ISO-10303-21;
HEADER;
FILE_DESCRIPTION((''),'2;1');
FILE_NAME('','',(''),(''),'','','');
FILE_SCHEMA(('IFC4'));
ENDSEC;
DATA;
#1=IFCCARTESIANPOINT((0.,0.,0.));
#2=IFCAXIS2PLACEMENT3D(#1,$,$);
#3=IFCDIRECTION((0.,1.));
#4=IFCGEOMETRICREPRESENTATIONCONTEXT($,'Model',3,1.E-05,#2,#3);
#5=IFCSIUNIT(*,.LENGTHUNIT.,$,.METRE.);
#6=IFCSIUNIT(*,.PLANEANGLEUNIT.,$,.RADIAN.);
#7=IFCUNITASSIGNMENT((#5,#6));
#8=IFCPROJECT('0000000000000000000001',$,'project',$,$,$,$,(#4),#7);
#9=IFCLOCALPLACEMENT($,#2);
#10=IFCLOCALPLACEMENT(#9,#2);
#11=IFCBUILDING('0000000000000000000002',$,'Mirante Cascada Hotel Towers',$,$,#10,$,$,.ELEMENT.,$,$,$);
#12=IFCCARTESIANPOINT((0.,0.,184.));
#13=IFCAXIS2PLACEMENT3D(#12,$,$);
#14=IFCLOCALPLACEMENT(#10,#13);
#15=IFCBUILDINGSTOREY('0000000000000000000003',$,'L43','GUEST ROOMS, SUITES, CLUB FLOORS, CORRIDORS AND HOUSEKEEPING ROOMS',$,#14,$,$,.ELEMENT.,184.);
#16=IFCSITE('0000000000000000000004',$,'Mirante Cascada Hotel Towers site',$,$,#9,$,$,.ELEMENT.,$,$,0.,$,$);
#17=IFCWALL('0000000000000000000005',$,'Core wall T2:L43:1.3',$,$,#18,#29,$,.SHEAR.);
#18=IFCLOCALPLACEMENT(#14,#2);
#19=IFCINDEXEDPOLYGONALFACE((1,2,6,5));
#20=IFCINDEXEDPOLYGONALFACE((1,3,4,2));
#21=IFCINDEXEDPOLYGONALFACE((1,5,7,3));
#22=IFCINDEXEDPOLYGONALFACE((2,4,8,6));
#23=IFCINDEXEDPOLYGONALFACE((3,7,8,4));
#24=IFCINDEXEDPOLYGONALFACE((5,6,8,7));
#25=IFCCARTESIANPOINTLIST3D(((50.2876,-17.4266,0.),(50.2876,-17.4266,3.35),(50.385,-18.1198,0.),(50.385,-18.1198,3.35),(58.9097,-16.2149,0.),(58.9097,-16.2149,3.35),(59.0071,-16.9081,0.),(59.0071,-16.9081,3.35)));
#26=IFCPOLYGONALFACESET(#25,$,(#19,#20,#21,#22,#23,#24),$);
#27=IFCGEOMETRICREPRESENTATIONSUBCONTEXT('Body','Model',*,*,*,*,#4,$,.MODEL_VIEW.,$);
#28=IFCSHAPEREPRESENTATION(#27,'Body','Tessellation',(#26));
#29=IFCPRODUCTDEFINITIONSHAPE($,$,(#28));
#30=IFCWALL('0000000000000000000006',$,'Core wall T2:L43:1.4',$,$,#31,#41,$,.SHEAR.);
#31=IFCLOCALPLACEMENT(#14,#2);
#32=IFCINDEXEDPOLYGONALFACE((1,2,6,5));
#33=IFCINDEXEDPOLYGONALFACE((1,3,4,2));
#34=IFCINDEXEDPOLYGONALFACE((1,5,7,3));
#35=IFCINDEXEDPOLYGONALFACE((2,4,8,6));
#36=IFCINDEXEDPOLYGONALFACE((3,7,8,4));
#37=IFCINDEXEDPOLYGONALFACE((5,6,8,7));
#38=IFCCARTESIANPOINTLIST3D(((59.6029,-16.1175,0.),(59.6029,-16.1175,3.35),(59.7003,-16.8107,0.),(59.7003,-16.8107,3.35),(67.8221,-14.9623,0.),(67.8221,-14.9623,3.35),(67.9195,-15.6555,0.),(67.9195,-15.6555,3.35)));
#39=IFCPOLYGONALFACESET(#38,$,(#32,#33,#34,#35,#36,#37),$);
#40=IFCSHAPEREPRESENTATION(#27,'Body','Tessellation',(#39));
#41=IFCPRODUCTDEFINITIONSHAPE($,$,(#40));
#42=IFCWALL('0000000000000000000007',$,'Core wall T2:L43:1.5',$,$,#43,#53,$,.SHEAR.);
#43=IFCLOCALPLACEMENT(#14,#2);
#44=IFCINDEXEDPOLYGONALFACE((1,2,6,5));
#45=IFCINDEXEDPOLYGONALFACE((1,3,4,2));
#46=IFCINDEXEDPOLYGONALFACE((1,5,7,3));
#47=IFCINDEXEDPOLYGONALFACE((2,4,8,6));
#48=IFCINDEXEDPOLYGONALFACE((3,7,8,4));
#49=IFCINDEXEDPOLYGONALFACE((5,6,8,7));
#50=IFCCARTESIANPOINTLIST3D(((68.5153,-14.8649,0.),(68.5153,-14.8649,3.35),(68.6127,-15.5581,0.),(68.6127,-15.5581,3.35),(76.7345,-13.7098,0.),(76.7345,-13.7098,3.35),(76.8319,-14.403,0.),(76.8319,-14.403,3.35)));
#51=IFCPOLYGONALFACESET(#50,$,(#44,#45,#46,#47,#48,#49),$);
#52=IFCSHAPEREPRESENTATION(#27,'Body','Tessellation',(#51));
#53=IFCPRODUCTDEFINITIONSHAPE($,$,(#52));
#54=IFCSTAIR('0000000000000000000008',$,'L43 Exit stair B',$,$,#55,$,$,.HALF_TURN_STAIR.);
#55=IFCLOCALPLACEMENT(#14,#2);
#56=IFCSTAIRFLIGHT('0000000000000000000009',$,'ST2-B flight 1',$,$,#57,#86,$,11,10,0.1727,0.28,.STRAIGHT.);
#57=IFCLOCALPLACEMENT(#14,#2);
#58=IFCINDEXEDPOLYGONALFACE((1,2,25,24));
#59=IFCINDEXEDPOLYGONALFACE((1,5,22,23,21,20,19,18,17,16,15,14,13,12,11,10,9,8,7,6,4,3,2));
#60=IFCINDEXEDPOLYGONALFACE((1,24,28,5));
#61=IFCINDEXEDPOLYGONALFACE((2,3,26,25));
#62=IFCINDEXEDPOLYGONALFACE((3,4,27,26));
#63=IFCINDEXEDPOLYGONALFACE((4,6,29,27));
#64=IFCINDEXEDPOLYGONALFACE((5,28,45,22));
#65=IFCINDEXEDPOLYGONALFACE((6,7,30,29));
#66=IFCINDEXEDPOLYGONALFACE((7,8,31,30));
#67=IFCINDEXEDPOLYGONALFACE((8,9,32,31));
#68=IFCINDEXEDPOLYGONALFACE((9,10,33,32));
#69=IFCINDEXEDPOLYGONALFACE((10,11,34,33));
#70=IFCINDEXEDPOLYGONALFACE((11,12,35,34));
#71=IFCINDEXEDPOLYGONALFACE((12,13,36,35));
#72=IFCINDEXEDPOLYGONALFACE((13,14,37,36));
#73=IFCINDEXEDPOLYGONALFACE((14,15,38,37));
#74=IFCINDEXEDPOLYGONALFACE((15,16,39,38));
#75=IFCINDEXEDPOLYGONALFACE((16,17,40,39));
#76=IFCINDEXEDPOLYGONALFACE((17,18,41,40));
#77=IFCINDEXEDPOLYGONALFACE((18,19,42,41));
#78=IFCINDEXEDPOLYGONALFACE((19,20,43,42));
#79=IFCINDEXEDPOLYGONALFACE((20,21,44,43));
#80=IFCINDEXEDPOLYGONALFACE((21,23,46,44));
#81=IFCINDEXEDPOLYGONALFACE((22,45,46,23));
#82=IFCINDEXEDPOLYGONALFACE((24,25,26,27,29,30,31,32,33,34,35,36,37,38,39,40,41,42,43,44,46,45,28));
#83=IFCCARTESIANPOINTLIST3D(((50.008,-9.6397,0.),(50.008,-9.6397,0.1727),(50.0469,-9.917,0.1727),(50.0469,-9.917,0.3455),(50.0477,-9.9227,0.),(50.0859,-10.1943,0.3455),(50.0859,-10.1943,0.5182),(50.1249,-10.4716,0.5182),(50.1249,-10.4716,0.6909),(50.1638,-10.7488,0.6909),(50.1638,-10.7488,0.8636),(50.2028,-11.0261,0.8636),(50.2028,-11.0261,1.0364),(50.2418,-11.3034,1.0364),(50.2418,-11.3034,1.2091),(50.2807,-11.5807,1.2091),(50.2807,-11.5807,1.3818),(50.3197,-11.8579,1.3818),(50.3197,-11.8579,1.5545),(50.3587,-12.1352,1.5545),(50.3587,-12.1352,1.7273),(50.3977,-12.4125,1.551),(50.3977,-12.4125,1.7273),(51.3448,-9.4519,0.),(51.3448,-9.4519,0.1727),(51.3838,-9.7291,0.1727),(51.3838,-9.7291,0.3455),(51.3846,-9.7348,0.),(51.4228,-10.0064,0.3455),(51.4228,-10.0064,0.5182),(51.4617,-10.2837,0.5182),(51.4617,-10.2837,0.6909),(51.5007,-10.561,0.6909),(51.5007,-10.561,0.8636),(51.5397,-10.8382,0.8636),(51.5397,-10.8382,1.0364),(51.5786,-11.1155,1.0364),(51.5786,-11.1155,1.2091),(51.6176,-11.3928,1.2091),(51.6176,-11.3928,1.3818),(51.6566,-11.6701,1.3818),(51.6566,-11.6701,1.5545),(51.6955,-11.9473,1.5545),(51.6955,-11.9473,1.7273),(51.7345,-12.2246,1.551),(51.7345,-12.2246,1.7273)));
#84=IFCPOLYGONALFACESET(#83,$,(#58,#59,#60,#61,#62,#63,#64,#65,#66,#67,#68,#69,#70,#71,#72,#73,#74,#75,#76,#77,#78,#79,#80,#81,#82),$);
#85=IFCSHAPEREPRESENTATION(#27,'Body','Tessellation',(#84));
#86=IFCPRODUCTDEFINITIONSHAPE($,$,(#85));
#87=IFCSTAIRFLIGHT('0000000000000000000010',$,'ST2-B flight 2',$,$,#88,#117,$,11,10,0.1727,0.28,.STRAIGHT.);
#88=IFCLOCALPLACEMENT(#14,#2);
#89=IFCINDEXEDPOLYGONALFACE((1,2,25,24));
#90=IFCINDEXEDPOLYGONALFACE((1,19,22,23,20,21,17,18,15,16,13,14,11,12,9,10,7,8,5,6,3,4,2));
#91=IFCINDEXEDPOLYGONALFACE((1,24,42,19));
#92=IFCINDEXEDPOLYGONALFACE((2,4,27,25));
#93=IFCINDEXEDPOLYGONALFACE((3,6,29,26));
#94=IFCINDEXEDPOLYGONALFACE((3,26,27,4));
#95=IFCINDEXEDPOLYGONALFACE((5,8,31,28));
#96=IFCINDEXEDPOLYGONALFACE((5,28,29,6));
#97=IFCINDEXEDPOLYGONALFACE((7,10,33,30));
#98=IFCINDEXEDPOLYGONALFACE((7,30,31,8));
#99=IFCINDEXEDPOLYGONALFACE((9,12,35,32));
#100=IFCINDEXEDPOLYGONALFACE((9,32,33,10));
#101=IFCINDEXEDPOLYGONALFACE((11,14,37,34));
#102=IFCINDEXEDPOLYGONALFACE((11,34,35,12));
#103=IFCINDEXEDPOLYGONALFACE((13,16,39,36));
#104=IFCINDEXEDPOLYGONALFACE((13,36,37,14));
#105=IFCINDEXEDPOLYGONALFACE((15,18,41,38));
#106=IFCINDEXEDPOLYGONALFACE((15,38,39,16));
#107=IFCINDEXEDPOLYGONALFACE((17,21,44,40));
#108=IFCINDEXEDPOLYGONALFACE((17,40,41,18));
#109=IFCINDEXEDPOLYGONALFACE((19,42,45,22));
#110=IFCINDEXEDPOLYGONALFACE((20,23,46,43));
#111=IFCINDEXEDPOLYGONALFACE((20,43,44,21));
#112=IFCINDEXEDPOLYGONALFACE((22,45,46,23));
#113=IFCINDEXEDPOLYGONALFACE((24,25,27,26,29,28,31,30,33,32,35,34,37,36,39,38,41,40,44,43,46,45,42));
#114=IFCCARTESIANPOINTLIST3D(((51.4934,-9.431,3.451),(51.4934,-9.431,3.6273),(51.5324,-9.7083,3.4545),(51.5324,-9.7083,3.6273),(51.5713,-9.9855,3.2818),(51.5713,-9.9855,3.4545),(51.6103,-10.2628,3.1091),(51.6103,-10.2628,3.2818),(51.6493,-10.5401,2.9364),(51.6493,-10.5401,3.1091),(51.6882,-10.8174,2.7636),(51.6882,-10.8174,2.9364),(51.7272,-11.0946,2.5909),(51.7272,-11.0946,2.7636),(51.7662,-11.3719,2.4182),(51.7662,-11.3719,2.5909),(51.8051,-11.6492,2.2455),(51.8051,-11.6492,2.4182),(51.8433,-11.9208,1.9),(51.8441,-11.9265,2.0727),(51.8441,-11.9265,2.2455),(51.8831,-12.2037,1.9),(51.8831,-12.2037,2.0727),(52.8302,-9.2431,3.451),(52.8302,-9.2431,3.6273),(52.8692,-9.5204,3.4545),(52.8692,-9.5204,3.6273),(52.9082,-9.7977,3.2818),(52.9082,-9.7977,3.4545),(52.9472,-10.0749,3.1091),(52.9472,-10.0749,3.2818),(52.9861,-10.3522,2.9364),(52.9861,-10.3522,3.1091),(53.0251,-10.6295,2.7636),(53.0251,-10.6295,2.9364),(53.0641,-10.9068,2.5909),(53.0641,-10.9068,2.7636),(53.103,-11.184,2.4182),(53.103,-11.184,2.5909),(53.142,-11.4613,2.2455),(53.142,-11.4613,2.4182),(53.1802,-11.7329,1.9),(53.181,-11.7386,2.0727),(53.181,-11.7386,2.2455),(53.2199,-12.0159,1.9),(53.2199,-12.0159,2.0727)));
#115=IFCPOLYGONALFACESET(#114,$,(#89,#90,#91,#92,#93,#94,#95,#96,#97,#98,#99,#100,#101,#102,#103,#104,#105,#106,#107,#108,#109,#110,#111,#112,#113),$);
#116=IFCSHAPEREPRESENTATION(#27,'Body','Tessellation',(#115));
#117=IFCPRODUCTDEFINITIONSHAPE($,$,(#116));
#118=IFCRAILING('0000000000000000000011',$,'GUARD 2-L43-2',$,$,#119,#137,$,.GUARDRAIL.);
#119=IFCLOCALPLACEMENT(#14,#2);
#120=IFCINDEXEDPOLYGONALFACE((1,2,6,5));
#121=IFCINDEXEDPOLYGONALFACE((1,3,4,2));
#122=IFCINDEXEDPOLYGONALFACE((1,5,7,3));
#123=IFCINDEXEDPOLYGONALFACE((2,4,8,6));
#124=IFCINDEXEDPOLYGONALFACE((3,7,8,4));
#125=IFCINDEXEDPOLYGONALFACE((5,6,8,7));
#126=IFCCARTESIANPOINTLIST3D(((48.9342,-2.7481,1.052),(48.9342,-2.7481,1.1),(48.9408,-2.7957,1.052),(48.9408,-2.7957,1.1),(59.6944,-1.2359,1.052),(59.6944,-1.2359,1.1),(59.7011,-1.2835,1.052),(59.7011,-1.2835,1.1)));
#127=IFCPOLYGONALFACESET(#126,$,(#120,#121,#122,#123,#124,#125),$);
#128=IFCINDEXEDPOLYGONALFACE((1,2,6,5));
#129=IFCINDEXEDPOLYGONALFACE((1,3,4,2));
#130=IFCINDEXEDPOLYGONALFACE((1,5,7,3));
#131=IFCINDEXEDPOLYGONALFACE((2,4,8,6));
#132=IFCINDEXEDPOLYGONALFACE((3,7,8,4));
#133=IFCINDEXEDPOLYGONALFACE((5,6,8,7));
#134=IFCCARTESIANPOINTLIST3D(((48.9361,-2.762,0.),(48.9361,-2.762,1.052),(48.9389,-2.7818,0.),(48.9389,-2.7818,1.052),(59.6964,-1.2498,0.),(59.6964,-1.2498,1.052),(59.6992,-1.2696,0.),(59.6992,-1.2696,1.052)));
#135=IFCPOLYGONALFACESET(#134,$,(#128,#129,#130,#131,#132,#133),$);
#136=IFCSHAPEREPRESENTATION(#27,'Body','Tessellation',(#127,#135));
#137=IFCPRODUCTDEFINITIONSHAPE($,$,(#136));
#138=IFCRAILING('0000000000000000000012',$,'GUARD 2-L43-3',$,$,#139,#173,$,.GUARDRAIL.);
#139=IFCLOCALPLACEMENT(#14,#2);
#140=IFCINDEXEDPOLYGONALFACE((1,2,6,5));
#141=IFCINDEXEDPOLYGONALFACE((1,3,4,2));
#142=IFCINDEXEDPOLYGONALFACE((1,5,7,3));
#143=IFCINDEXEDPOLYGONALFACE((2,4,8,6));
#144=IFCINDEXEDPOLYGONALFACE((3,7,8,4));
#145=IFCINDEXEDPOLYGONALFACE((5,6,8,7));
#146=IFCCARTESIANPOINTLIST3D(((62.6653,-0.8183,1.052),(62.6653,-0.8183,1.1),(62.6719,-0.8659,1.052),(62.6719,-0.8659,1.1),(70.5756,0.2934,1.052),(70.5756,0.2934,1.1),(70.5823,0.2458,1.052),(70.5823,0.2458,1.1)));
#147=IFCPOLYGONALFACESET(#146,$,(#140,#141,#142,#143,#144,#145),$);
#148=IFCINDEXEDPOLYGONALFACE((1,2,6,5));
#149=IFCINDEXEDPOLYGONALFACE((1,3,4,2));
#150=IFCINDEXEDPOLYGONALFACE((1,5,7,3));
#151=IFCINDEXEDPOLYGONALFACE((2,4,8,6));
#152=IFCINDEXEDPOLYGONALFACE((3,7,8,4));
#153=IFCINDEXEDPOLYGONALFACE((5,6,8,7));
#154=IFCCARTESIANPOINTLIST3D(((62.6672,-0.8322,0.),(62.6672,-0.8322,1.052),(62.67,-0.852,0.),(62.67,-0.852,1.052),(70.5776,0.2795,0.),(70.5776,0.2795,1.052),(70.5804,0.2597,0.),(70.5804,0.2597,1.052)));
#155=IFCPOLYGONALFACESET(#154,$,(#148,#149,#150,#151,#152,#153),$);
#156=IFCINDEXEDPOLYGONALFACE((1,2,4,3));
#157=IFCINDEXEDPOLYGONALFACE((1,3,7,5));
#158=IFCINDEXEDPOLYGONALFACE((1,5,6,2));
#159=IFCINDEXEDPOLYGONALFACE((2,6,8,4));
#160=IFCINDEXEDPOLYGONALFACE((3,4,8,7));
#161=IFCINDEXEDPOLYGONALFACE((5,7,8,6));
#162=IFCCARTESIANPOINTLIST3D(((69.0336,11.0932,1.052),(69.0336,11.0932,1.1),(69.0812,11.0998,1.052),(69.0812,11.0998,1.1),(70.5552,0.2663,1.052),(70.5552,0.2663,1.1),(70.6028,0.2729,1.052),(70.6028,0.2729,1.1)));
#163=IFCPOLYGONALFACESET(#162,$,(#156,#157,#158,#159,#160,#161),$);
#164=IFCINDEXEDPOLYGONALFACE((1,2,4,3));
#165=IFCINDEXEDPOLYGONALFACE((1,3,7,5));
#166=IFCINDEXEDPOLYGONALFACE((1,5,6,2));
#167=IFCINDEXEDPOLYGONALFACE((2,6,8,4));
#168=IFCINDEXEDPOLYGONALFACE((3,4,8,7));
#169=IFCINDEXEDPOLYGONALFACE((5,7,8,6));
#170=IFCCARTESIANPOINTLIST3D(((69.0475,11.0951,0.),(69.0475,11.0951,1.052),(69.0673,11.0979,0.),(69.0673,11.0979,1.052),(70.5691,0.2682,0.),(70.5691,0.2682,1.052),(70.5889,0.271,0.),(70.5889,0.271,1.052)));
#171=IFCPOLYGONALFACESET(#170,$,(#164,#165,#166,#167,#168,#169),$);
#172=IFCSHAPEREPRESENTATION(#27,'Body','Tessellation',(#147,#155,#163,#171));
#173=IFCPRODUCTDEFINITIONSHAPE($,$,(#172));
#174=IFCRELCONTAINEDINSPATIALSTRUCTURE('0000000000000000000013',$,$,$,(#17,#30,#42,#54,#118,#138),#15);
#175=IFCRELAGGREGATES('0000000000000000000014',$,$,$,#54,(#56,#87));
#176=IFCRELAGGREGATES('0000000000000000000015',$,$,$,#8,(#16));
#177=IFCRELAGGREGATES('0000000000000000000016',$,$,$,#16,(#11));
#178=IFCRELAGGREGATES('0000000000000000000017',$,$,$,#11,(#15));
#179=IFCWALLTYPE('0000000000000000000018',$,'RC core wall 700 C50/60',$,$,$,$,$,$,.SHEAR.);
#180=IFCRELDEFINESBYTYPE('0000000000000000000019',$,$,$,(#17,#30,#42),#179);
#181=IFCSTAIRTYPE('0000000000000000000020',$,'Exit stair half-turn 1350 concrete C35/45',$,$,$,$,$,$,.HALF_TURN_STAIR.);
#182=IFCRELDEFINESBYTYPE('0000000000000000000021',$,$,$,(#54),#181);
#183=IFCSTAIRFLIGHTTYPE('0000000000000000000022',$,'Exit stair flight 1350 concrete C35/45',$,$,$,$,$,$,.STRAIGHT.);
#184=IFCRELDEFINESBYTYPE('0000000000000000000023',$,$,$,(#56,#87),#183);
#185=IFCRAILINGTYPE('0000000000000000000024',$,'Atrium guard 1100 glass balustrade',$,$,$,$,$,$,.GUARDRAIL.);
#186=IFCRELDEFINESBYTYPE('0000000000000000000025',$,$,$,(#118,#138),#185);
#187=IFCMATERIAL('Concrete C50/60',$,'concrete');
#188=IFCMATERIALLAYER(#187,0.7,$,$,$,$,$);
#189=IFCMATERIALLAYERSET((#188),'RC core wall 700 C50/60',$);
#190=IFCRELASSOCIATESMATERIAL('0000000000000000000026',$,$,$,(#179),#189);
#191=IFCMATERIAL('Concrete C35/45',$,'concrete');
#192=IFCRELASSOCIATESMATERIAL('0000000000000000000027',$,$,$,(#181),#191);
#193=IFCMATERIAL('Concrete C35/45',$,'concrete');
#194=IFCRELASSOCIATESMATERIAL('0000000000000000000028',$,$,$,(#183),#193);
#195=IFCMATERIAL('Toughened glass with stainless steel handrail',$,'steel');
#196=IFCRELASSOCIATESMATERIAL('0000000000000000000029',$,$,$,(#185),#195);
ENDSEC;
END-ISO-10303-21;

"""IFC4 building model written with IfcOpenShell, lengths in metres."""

from ifc_helpers import new_model, si_unit, direction, frame, frame_2d, origin, origin_2d, place, context, subcontext, project, spatial, polyline, rectangle, outline, extrude, material, layer, layer_set, type_object, element, aggregate, save


model = new_model("IFC4")

# Units and contexts
model_context = context("Model", 3, precision=1e-05, world=origin(), true_north=direction((0.0, 1.0)))
body_context = subcontext(model_context, "Body", "Model", "MODEL_VIEW")
ifc_project = project(units=[si_unit("LENGTHUNIT", "METRE"), si_unit("PLANEANGLEUNIT", "RADIAN")], contexts=[model_context])

# Site, building, storey
site_placement = place(None, origin())
site = spatial("IfcSite", under=ifc_project, at=site_placement, Name="Mirante Cascada Hotel Towers site", CompositionType="ELEMENT", RefElevation=0.0)
building_placement = place(site_placement, origin())
building = spatial("IfcBuilding", under=site, at=building_placement, Name="Mirante Cascada Hotel Towers", CompositionType="ELEMENT")
storey_placement = place(building_placement, frame((0.0, 0.0, 184.0)))
storey = spatial("IfcBuildingStorey", under=building, at=storey_placement, Name="L43", Description="GUEST ROOMS, SUITES, CLUB FLOORS, CORRIDORS AND HOUSEKEEPING ROOMS", CompositionType="ELEMENT", Elevation=184.0)

# Walls
ifc_material_1 = material(Name="Concrete C50/60", Category="concrete")
ifc_layer_1 = layer(ifc_material_1, 0.7)
ifc_layer_set_1 = layer_set([ifc_layer_1], Name="RC core wall 700 C50/60")
wall_type_1 = type_object("IfcWallType", Name="RC core wall 700 C50/60", PredefinedType="SHEAR", material=ifc_layer_set_1)
wall_1_placement = place(storey_placement, frame((50.3363, -17.7732, 0.0), z_axis=(0.0, 0.0, 1.0), x_axis=(0.990269, 0.139167, 0.0)))
element("IfcWall", 1, at=wall_1_placement, inside=storey, type_object=wall_type_1, Name="Core wall T2:L43:1.3", PredefinedType="SHEAR", context=body_context, shape_type="SweptSolid", body=[
    extrude(rectangle(XDim=8.7068, YDim=0.7, at=frame_2d((4.3534, 0.0))), origin(), (0.0, 0.0, 1.0), 3.35),
])
for number, where, z_axis, x_axis, name in (
    (2, (59.6516, -16.4641, 0.0), (0.0, 0.0, 1.0), (0.990267, 0.139181, 0.0), "Core wall T2:L43:1.4"),
    (3, (68.564, -15.2115, 0.0), (0.0, 0.0, 1.0), (0.990269, 0.139169, 0.0), "Core wall T2:L43:1.5"),
):
    element("IfcWall", number, at=place(storey_placement, frame(where, z_axis=z_axis, x_axis=x_axis)), inside=storey, type_object=wall_type_1, Name=name, PredefinedType="SHEAR", context=body_context, shape_type="SweptSolid", body=[
        extrude(rectangle(XDim=8.3, YDim=0.7, at=frame_2d((4.15, 0.0))), origin(), (0.0, 0.0, 1.0), 3.35),
    ])

# Stair, stair flights
ifc_material_2 = material(Name="Concrete C35/45", Category="concrete")
stair_type = type_object("IfcStairType", Name="Exit stair half-turn 1350 concrete C35/45", PredefinedType="HALF_TURN_STAIR", material=ifc_material_2)
stair_placement = place(storey_placement, origin())
stair = element("IfcStair", 4, at=stair_placement, inside=storey, type_object=stair_type, Name="L43 Exit stair B", PredefinedType="HALF_TURN_STAIR")
ifc_material_3 = material(Name="Concrete C35/45", Category="concrete")
stair_flight_type = type_object("IfcStairFlightType", Name="Exit stair flight 1350 concrete C35/45", PredefinedType="STRAIGHT", material=ifc_material_3)
stair_flight_1_placement = place(storey_placement, frame((50.6764, -9.5458, 0.0), z_axis=(0.0, 0.0, 1.0), x_axis=(0.139173, -0.990268, 0.0)))
stair_flight_1 = element("IfcStairFlight", 5, at=stair_flight_1_placement, type_object=stair_flight_type, Name="ST2-B flight 1", NumberOfRisers=11, NumberOfTreads=10, PredefinedType="STRAIGHT", RiserHeight=0.1727, TreadLength=0.28, context=body_context, shape_type="SweptSolid", body=[
    extrude(outline(polyline([(0.0, 0.0), (0.0, 0.1727), (0.28, 0.1727), (0.28, 0.3455), (0.56, 0.3455), (0.56, 0.5182), (0.84, 0.5182), (0.84, 0.6909), (1.12, 0.6909), (1.12, 0.8636), (1.4, 0.8636), (1.4, 1.0364), (1.68, 1.0364), (1.68, 1.2091), (1.96, 1.2091), (1.96, 1.3818), (2.24, 1.3818), (2.24, 1.5545), (2.52, 1.5545), (2.52, 1.7273), (2.8, 1.7273), (2.8, 1.9), (2.8, 1.551), (0.2857, 0.0), (0.0, 0.0)])), frame((0.0, 0.675, 0.0), z_axis=(0.0, -1.0, 0.0), x_axis=(1.0, 0.0, 0.0)), (0.0, 0.0, 1.0), 1.35),
])
stair_flight_2_placement = place(storey_placement, frame((52.5515, -12.1098, 1.9), z_axis=(0.0, 0.0, 1.0), x_axis=(-0.139173, 0.990268, 0.0)))
stair_flight_2 = element("IfcStairFlight", 6, at=stair_flight_2_placement, type_object=stair_flight_type, Name="ST2-B flight 2", NumberOfRisers=11, NumberOfTreads=10, PredefinedType="STRAIGHT", RiserHeight=0.1727, TreadLength=0.28, context=body_context, shape_type="SweptSolid", body=[
    extrude(outline(polyline([(0.0, 0.0), (0.0, 0.1727), (0.28, 0.1727), (0.28, 0.3455), (0.56, 0.3455), (0.56, 0.5182), (0.84, 0.5182), (0.84, 0.6909), (1.12, 0.6909), (1.12, 0.8636), (1.4, 0.8636), (1.4, 1.0364), (1.68, 1.0364), (1.68, 1.2091), (1.96, 1.2091), (1.96, 1.3818), (2.24, 1.3818), (2.24, 1.5545), (2.52, 1.5545), (2.52, 1.7273), (2.8, 1.7273), (2.8, 1.9), (2.8, 1.551), (0.2857, 0.0), (0.0, 0.0)])), frame((0.0, 0.675, 0.0), z_axis=(0.0, -1.0, 0.0), x_axis=(1.0, 0.0, 0.0)), (0.0, 0.0, 1.0), 1.35),
])
aggregate(stair, [stair_flight_1, stair_flight_2])

# Railings
ifc_material_4 = material(Name="Toughened glass with stainless steel handrail", Category="steel")
railing_type_1 = type_object("IfcRailingType", Name="Atrium guard 1100 glass balustrade", PredefinedType="GUARDRAIL", material=ifc_material_4)
railing_1_placement = place(storey_placement, frame((48.9375, -2.7719, 0.0)))
element("IfcRailing", 7, at=railing_1_placement, inside=storey, type_object=railing_type_1, Name="GUARD 2-L43-2", PredefinedType="GUARDRAIL", context=body_context, shape_type="SweptSolid", body=[
    extrude(rectangle(XDim=0.048, YDim=0.048, at=origin_2d()), frame((0.0, 0.0, 1.076), z_axis=(0.990269, 0.139167, 0.0), x_axis=(-0.139167, 0.990269, 0.0)), (0.0, 0.0, 1.0), 10.866),
    extrude(rectangle(XDim=0.02, YDim=1.052, at=origin_2d()), frame((0.0, 0.0, 0.526), z_axis=(0.990269, 0.139167, 0.0), x_axis=(-0.139167, 0.990269, 0.0)), (0.0, 0.0, 1.0), 10.866),
])
railing_2_placement = place(storey_placement, frame((62.6686, -0.8421, 0.0)))
element("IfcRailing", 8, at=railing_2_placement, inside=storey, type_object=railing_type_1, Name="GUARD 2-L43-3", PredefinedType="GUARDRAIL", context=body_context, shape_type="SweptSolid", body=[
    extrude(rectangle(XDim=0.048, YDim=0.048, at=origin_2d()), frame((0.0, 0.0, 1.076), z_axis=(0.990269, 0.139169, 0.0), x_axis=(-0.139169, 0.990269, 0.0)), (0.0, 0.0, 1.0), 7.9881),
    extrude(rectangle(XDim=0.02, YDim=1.052, at=origin_2d()), frame((0.0, 0.0, 0.526), z_axis=(0.990269, 0.139169, 0.0), x_axis=(-0.139169, 0.990269, 0.0)), (0.0, 0.0, 1.0), 7.9881),
    extrude(rectangle(XDim=0.048, YDim=0.048, at=origin_2d()), frame((7.9104, 1.1117, 1.076), z_axis=(-0.139171, 0.990268, 0.0), x_axis=(-0.990268, -0.139171, 0.0)), (0.0, 0.0, 1.0), 10.9333),
    extrude(rectangle(XDim=0.02, YDim=1.052, at=origin_2d()), frame((7.9104, 1.1117, 0.526), z_axis=(-0.139171, 0.990268, 0.0), x_axis=(-0.990268, -0.139171, 0.0)), (0.0, 0.0, 1.0), 10.9333),
])

save(model, "model.ifc")
